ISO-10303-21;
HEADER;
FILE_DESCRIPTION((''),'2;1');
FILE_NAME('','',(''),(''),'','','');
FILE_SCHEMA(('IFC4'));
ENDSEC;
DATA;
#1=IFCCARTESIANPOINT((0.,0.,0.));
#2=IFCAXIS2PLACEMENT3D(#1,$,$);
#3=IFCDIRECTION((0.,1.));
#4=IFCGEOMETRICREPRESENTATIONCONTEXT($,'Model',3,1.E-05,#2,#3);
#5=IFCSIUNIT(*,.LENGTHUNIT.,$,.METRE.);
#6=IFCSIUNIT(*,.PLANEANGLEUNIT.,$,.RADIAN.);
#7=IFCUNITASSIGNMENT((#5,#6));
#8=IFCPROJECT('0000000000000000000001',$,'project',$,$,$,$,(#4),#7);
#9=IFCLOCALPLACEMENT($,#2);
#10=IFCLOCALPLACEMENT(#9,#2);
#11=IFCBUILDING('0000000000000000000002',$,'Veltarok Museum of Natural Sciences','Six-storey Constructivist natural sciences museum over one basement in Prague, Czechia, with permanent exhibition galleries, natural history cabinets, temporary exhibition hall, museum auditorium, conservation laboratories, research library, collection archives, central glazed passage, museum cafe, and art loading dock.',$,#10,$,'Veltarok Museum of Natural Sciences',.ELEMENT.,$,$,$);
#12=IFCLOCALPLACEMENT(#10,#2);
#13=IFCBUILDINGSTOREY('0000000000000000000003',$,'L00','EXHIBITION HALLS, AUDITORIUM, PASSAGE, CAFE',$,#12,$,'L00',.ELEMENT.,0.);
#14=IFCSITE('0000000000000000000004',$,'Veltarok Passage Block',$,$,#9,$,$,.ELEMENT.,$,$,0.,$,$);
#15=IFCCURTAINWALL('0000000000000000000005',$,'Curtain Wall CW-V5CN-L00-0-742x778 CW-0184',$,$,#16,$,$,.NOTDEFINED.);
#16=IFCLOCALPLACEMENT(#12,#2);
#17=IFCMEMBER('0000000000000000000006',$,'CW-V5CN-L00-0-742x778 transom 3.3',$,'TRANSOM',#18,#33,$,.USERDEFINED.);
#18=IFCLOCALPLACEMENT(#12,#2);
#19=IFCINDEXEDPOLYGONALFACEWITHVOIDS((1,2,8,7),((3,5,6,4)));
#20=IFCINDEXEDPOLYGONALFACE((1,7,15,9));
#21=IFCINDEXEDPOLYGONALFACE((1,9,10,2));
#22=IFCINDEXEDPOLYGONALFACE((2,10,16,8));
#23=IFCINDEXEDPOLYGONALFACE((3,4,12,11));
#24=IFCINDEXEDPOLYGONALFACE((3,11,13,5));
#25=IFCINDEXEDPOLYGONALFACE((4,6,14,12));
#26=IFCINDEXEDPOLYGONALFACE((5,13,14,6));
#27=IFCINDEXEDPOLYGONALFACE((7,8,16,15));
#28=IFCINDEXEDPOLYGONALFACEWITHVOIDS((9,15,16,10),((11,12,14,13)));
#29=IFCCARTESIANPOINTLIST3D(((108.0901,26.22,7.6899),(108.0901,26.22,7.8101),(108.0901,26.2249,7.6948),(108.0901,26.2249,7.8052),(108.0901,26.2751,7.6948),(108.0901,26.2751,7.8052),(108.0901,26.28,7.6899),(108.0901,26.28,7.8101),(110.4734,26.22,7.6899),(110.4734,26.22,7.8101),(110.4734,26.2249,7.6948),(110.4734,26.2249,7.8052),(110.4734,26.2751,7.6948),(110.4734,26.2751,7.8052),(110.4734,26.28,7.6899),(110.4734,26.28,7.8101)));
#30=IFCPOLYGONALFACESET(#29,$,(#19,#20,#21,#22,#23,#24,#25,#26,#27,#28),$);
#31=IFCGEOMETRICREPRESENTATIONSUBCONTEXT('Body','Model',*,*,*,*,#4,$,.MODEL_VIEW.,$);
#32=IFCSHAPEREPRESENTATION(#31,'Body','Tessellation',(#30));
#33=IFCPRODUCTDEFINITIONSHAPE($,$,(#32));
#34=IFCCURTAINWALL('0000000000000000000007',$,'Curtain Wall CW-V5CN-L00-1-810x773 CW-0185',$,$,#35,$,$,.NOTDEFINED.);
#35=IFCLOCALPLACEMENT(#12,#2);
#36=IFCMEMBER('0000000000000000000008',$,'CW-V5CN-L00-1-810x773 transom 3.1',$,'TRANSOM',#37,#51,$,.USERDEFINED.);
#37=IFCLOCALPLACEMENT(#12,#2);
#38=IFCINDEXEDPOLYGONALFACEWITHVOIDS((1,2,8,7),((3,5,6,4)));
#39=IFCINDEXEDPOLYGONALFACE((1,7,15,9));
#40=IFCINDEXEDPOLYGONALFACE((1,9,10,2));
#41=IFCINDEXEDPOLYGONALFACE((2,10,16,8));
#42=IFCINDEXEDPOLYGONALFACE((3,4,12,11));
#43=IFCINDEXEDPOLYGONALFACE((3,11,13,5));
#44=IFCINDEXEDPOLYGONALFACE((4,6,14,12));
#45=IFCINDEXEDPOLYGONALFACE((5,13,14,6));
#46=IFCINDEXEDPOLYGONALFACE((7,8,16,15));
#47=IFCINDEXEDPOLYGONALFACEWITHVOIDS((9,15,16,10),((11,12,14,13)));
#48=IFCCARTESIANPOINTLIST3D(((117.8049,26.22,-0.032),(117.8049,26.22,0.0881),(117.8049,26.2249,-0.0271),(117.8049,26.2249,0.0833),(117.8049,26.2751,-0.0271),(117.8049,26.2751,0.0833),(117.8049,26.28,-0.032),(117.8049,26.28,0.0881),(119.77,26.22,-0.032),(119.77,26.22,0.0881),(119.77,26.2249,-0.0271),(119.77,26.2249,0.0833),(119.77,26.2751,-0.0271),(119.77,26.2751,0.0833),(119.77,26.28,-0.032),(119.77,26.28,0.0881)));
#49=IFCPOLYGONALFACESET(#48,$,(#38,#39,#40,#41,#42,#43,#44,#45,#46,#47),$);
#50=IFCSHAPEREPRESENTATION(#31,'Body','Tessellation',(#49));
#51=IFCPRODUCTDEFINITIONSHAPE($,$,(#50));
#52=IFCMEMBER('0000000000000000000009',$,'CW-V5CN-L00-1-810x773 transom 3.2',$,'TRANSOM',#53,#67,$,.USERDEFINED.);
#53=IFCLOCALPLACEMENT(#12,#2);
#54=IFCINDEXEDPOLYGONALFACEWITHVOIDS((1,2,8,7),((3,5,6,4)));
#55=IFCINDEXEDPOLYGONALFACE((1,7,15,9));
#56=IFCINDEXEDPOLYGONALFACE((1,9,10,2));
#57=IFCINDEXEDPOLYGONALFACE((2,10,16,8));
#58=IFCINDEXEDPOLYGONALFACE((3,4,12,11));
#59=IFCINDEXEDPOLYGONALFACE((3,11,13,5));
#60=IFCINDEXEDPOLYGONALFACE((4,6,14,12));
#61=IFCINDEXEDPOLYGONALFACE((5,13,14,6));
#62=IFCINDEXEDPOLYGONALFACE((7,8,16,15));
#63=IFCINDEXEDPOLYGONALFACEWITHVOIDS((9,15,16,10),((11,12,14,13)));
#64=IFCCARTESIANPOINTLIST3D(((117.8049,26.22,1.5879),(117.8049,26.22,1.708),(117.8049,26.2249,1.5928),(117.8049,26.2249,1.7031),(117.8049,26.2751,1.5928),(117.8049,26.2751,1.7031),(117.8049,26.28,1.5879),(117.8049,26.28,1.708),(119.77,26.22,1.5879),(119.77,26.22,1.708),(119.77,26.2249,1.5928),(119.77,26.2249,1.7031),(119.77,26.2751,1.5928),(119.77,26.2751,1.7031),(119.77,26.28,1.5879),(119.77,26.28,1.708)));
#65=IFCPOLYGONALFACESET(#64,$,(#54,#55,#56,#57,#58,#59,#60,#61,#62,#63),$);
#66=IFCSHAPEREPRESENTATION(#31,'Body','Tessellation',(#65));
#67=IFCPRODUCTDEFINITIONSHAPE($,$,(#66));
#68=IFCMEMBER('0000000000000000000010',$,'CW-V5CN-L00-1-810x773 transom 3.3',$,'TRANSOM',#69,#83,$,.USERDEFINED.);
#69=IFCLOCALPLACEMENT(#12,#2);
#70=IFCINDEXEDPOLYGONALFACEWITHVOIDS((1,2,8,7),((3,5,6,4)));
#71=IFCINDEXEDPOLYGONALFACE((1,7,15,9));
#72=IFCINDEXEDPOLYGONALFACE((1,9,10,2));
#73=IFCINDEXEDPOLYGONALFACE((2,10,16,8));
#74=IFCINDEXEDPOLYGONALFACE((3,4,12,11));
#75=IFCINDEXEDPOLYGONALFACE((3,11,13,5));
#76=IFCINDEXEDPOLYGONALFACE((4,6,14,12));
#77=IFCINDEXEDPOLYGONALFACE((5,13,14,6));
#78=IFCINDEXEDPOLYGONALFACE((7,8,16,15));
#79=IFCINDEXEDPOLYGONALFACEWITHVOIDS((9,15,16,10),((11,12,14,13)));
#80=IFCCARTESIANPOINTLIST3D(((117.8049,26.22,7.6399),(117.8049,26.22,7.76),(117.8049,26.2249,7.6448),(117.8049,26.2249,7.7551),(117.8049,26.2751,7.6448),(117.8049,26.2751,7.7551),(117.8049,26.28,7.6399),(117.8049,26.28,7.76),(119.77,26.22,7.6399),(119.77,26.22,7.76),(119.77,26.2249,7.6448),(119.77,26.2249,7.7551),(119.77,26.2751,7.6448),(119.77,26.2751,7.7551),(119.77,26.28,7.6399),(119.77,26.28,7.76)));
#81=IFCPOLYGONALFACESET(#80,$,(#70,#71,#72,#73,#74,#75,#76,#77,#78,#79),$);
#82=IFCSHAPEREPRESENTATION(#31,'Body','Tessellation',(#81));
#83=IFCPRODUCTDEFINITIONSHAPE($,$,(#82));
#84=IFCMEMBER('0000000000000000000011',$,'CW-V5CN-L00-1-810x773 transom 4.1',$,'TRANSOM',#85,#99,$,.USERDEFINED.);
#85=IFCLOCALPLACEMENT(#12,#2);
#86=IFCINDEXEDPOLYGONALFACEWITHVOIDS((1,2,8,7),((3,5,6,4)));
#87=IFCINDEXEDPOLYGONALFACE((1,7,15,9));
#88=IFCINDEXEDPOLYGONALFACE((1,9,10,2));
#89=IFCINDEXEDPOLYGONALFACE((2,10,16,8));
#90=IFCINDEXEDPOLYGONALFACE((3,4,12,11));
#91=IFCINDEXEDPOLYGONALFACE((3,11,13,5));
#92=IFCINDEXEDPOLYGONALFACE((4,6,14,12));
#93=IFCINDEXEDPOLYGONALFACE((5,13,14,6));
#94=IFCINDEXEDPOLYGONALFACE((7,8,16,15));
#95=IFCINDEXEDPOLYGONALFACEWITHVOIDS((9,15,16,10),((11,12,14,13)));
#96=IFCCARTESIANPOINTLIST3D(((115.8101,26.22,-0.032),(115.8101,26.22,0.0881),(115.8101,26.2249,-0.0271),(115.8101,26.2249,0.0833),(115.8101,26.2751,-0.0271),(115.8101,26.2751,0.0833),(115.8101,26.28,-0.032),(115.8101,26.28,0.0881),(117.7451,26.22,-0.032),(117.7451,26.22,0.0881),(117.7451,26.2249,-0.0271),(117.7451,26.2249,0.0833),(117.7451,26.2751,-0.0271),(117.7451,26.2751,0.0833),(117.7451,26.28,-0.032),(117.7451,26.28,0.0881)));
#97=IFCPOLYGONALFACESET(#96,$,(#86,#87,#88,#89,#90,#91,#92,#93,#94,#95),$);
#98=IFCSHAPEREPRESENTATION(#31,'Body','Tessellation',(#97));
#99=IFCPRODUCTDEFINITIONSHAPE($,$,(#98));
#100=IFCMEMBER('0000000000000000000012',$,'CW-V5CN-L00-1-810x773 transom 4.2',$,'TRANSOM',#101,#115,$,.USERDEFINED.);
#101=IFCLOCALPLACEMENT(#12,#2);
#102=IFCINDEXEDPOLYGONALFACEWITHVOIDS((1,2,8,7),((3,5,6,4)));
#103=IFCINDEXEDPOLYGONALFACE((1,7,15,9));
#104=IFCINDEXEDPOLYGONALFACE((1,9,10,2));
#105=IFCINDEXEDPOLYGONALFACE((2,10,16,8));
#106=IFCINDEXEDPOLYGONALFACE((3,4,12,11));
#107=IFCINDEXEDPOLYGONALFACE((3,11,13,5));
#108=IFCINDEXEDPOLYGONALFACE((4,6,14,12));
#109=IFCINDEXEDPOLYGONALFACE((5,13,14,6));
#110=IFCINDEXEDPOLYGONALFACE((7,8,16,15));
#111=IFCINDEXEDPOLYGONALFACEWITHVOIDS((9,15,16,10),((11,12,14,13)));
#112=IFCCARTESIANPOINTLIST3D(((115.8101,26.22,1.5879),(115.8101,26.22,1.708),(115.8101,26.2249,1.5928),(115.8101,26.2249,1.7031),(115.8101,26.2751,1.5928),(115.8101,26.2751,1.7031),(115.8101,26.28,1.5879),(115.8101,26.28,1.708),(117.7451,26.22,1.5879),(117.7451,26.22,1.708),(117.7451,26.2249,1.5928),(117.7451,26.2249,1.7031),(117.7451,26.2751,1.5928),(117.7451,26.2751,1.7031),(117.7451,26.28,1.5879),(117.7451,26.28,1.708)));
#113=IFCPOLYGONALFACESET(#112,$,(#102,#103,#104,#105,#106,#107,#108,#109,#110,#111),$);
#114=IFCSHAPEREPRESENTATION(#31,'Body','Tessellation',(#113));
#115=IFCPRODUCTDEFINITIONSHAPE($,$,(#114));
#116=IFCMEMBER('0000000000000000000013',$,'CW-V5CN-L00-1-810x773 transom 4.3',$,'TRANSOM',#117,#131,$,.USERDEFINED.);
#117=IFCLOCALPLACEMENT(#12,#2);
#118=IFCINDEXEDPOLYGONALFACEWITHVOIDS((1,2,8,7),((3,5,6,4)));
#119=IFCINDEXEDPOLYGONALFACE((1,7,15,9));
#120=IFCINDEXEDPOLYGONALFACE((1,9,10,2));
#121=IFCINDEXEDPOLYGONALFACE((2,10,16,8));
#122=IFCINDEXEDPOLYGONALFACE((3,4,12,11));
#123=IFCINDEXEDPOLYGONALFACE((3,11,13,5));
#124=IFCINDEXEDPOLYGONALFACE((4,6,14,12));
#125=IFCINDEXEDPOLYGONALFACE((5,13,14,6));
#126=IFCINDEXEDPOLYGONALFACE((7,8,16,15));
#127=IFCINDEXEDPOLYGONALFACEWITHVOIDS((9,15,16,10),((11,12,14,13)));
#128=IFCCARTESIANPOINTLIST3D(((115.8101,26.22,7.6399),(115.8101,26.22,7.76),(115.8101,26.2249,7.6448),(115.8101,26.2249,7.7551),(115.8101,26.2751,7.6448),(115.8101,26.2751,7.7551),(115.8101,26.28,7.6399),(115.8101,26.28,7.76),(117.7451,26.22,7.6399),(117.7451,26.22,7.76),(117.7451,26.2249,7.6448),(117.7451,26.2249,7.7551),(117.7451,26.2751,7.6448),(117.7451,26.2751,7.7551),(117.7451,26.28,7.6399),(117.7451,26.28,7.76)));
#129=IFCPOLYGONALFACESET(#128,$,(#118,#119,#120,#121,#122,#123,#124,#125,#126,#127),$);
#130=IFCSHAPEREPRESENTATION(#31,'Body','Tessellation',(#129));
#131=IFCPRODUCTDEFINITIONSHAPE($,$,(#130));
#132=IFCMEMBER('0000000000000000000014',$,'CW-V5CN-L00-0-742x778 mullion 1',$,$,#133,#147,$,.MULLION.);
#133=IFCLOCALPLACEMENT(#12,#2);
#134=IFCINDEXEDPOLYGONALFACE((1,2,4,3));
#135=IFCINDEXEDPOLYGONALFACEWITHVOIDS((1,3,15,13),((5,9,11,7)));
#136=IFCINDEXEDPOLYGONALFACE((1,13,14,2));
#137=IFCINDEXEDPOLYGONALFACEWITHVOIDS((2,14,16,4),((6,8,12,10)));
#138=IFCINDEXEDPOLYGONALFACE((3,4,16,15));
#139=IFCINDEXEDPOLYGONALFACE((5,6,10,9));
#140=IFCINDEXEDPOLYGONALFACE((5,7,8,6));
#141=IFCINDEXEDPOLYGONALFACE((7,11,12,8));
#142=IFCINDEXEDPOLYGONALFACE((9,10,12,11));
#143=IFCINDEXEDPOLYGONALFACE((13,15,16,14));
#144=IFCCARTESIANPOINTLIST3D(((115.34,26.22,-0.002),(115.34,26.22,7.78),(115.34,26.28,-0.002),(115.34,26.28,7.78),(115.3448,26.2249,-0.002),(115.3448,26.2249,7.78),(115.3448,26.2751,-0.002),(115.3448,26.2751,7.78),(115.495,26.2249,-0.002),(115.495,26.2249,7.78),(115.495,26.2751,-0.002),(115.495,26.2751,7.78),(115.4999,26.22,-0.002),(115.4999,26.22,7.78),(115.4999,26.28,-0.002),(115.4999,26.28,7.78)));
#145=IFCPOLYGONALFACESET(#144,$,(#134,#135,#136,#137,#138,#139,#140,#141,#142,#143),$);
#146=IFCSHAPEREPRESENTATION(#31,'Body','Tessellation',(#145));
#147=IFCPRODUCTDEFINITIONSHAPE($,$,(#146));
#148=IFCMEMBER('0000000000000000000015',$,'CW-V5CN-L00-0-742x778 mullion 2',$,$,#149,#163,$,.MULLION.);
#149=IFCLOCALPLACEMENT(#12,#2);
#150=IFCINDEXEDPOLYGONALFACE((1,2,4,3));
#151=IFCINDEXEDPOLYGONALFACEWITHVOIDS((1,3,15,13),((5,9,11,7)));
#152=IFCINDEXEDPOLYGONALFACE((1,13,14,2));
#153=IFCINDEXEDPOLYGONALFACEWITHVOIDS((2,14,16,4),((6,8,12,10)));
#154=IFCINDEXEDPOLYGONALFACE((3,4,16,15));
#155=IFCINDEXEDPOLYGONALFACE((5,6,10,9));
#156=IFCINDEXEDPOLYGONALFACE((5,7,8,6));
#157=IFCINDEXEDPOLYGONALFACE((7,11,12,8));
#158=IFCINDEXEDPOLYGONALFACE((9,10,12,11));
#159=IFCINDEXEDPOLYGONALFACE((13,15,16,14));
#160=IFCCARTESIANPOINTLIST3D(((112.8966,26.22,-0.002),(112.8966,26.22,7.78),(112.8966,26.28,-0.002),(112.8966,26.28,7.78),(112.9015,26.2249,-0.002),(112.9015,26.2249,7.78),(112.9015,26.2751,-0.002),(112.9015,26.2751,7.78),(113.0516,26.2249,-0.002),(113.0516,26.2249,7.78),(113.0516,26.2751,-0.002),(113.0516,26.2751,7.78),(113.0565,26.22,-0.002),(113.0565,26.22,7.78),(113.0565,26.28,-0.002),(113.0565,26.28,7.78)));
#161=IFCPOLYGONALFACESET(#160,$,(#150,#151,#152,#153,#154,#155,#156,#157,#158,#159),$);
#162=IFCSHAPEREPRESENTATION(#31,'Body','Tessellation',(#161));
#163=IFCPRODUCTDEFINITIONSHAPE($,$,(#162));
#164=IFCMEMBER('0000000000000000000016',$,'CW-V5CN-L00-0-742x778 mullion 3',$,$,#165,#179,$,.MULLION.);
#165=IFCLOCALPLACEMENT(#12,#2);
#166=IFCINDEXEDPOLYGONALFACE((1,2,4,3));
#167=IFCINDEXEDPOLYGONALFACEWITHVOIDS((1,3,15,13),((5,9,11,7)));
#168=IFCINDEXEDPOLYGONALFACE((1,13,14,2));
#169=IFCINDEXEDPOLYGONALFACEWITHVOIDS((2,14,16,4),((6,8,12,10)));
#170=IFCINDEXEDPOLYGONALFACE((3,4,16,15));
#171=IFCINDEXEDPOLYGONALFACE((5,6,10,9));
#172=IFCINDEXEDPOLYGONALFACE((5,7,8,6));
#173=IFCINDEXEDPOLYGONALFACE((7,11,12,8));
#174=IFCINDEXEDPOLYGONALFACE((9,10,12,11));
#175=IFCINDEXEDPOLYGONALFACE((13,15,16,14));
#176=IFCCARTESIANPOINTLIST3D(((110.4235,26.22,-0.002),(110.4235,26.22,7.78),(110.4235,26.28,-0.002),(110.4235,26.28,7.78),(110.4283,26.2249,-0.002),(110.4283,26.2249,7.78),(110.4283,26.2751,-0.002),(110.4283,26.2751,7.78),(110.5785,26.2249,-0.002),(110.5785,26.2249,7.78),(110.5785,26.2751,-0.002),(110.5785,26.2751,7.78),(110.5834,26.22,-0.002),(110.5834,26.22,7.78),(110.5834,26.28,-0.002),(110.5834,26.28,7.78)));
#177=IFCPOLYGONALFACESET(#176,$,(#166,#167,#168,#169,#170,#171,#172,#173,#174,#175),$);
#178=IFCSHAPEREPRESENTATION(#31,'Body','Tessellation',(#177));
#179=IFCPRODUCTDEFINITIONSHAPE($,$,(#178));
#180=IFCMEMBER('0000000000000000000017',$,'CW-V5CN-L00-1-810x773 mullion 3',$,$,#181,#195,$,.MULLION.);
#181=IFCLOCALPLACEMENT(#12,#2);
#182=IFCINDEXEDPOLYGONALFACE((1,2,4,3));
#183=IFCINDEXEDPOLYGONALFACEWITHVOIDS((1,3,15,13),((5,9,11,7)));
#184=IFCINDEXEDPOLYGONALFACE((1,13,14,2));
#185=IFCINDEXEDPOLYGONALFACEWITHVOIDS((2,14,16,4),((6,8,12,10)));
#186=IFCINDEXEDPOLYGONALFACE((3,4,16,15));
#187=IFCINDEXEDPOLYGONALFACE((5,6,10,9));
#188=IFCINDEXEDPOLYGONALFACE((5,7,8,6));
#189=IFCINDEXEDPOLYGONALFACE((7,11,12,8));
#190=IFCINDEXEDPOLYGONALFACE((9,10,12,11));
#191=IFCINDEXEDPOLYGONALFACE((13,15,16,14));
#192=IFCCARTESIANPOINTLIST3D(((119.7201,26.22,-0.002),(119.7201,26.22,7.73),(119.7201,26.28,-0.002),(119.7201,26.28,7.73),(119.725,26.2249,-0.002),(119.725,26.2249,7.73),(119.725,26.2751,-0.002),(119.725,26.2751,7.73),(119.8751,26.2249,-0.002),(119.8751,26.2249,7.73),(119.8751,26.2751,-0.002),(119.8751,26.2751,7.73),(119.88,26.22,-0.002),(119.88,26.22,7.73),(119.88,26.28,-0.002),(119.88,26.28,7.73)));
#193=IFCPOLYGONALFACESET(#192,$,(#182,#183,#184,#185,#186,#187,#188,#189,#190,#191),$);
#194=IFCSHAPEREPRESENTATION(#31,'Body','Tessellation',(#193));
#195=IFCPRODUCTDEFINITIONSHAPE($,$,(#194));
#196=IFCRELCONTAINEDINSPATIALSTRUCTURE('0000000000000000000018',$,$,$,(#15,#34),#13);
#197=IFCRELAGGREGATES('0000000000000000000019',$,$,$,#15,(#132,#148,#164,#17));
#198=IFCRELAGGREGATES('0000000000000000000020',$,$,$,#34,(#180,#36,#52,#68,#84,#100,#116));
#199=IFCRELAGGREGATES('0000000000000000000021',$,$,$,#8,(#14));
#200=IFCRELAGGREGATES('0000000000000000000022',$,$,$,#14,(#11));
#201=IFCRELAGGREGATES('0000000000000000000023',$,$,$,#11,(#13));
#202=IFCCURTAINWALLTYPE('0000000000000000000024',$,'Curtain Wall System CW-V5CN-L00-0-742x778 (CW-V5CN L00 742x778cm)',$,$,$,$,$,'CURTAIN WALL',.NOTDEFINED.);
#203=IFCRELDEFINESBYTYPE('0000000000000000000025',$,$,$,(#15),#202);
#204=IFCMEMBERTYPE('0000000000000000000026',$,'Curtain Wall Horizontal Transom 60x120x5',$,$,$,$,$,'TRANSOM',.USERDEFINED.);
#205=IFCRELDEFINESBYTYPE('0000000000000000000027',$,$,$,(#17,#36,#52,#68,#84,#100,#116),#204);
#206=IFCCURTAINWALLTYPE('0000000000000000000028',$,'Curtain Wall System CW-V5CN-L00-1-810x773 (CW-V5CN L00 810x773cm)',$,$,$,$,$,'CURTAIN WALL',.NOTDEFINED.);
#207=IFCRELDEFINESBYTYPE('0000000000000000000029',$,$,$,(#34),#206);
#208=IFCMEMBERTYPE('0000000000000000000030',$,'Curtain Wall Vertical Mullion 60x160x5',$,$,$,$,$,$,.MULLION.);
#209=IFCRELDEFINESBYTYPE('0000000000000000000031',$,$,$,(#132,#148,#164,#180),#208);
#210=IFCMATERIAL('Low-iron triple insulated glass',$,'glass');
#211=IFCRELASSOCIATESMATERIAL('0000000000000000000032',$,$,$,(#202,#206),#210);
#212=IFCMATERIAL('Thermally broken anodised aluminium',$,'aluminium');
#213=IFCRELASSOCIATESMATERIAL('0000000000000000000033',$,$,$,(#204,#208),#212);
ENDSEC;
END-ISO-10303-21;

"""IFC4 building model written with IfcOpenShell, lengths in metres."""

from ifc_helpers import new_model, si_unit, direction, frame, origin, origin_2d, place, context, subcontext, project, spatial, hollow_rectangle, extrude, material, material_profile, profile_set, type_object, element, aggregate, save


model = new_model("IFC4")

# Units and contexts
model_context = context("Model", 3, precision=1e-05, world=origin(), true_north=direction((0.0, 1.0)))
body_context = subcontext(model_context, "Body", "Model", "MODEL_VIEW")
ifc_project = project(units=[si_unit("LENGTHUNIT", "METRE"), si_unit("PLANEANGLEUNIT", "RADIAN")], contexts=[model_context])

# Site, building, storey
site_placement = place(None, origin())
site = spatial("IfcSite", under=ifc_project, at=site_placement, Name="Veltarok Passage Block", CompositionType="ELEMENT", RefElevation=0.0)
building_placement = place(site_placement, origin())
building = spatial("IfcBuilding", under=site, at=building_placement, Name="Veltarok Museum of Natural Sciences", Description="Six-storey Constructivist natural sciences museum over one basement in Prague, Czechia, with permanent exhibition galleries, natural history cabinets, temporary exhibition hall, museum auditorium, conservation laboratories, research library, collection archives, central glazed passage, museum cafe, and art loading dock.", LongName="Veltarok Museum of Natural Sciences", CompositionType="ELEMENT")
storey_placement = place(building_placement, origin())
storey = spatial("IfcBuildingStorey", under=building, at=storey_placement, Name="L00", Description="EXHIBITION HALLS, AUDITORIUM, PASSAGE, CAFE", LongName="L00", CompositionType="ELEMENT", Elevation=0.0)

# Curtain walls, members
ifc_material_1 = material(Name="Low-iron triple insulated glass", Category="glass")
curtain_wall_type_1 = type_object("IfcCurtainWallType", Name="Curtain Wall System CW-V5CN-L00-0-742x778 (CW-V5CN L00 742x778cm)", ElementType="CURTAIN WALL", PredefinedType="NOTDEFINED", material=ifc_material_1)
curtain_wall_1_placement = place(storey_placement, origin())
curtain_wall_1 = element("IfcCurtainWall", 1, at=curtain_wall_1_placement, inside=storey, type_object=curtain_wall_type_1, Name="Curtain Wall CW-V5CN-L00-0-742x778 CW-0184", PredefinedType="NOTDEFINED")
ifc_material_2 = material(Name="Thermally broken anodised aluminium", Category="aluminium")
ifc_material_profile_1 = material_profile(ifc_material_2, hollow_rectangle(XDim=0.0601, YDim=0.1201, WallThickness=0.0049, at=origin_2d()), Name="CW TRANSOM 60x120x5")
ifc_profile_set_1 = profile_set([ifc_material_profile_1], Name="Thermally broken anodised aluminium")
member_type_1 = type_object("IfcMemberType", Name="Curtain Wall Horizontal Transom 60x120x5", ElementType="TRANSOM", PredefinedType="USERDEFINED", material=ifc_profile_set_1)
member_1_placement = place(storey_placement, frame((110.4734, 26.25, 7.75), z_axis=(-1.0, 0.0, 0.0), x_axis=(0.0, -1.0, 0.0)))
member_1 = element("IfcMember", 2, at=member_1_placement, type_object=member_type_1, Name="CW-V5CN-L00-0-742x778 transom 3.3", ObjectType="TRANSOM", PredefinedType="USERDEFINED", context=body_context, shape_type="SweptSolid", body=[
    extrude(hollow_rectangle(XDim=0.0601, YDim=0.1201, WallThickness=0.0049, at=origin_2d()), origin(), (0.0, 0.0, 1.0), 2.3833),
])
curtain_wall_type_2 = type_object("IfcCurtainWallType", Name="Curtain Wall System CW-V5CN-L00-1-810x773 (CW-V5CN L00 810x773cm)", ElementType="CURTAIN WALL", PredefinedType="NOTDEFINED", material=ifc_material_1)
curtain_wall_2_placement = place(storey_placement, origin())
curtain_wall_2 = element("IfcCurtainWall", 3, at=curtain_wall_2_placement, inside=storey, type_object=curtain_wall_type_2, Name="Curtain Wall CW-V5CN-L00-1-810x773 CW-0185", PredefinedType="NOTDEFINED")
member_2_placement = place(storey_placement, frame((119.77, 26.25, 0.0281), z_axis=(-1.0, 0.0, 0.0), x_axis=(0.0, -1.0, 0.0)))
member_2 = element("IfcMember", 4, at=member_2_placement, type_object=member_type_1, Name="CW-V5CN-L00-1-810x773 transom 3.1", ObjectType="TRANSOM", PredefinedType="USERDEFINED", context=body_context, shape_type="SweptSolid", body=[
    extrude(hollow_rectangle(XDim=0.0601, YDim=0.1201, WallThickness=0.0049, at=origin_2d()), origin(), (0.0, 0.0, 1.0), 1.9651),
])
member_3_placement = place(storey_placement, frame((119.77, 26.25, 1.6479), z_axis=(-1.0, 0.0, 0.0), x_axis=(0.0, -1.0, 0.0)))
member_3 = element("IfcMember", 5, at=member_3_placement, type_object=member_type_1, Name="CW-V5CN-L00-1-810x773 transom 3.2", ObjectType="TRANSOM", PredefinedType="USERDEFINED", context=body_context, shape_type="SweptSolid", body=[
    extrude(hollow_rectangle(XDim=0.0601, YDim=0.1201, WallThickness=0.0049, at=origin_2d()), origin(), (0.0, 0.0, 1.0), 1.9651),
])
member_4_placement = place(storey_placement, frame((119.77, 26.25, 7.7), z_axis=(-1.0, 0.0, 0.0), x_axis=(0.0, -1.0, 0.0)))
member_4 = element("IfcMember", 6, at=member_4_placement, type_object=member_type_1, Name="CW-V5CN-L00-1-810x773 transom 3.3", ObjectType="TRANSOM", PredefinedType="USERDEFINED", context=body_context, shape_type="SweptSolid", body=[
    extrude(hollow_rectangle(XDim=0.0601, YDim=0.1201, WallThickness=0.0049, at=origin_2d()), origin(), (0.0, 0.0, 1.0), 1.9651),
])
member_5_placement = place(storey_placement, frame((117.7451, 26.25, 0.0281), z_axis=(-1.0, 0.0, 0.0), x_axis=(0.0, -1.0, 0.0)))
member_5 = element("IfcMember", 7, at=member_5_placement, type_object=member_type_1, Name="CW-V5CN-L00-1-810x773 transom 4.1", ObjectType="TRANSOM", PredefinedType="USERDEFINED", context=body_context, shape_type="SweptSolid", body=[
    extrude(hollow_rectangle(XDim=0.0601, YDim=0.1201, WallThickness=0.0049, at=origin_2d()), origin(), (0.0, 0.0, 1.0), 1.9351),
])
member_6_placement = place(storey_placement, frame((117.7451, 26.25, 1.6479), z_axis=(-1.0, 0.0, 0.0), x_axis=(0.0, -1.0, 0.0)))
member_6 = element("IfcMember", 8, at=member_6_placement, type_object=member_type_1, Name="CW-V5CN-L00-1-810x773 transom 4.2", ObjectType="TRANSOM", PredefinedType="USERDEFINED", context=body_context, shape_type="SweptSolid", body=[
    extrude(hollow_rectangle(XDim=0.0601, YDim=0.1201, WallThickness=0.0049, at=origin_2d()), origin(), (0.0, 0.0, 1.0), 1.9351),
])
member_7_placement = place(storey_placement, frame((117.7451, 26.25, 7.7), z_axis=(-1.0, 0.0, 0.0), x_axis=(0.0, -1.0, 0.0)))
member_7 = element("IfcMember", 9, at=member_7_placement, type_object=member_type_1, Name="CW-V5CN-L00-1-810x773 transom 4.3", ObjectType="TRANSOM", PredefinedType="USERDEFINED", context=body_context, shape_type="SweptSolid", body=[
    extrude(hollow_rectangle(XDim=0.0601, YDim=0.1201, WallThickness=0.0049, at=origin_2d()), origin(), (0.0, 0.0, 1.0), 1.9351),
])

# Members
ifc_material_profile_2 = material_profile(ifc_material_2, hollow_rectangle(XDim=0.0601, YDim=0.1599, WallThickness=0.0049, at=origin_2d()), Name="CW MULLION 60x160x5")
ifc_profile_set_2 = profile_set([ifc_material_profile_2], Name="Thermally broken anodised aluminium")
member_type_2 = type_object("IfcMemberType", Name="Curtain Wall Vertical Mullion 60x160x5", PredefinedType="MULLION", material=ifc_profile_set_2)
member_8_placement = place(storey_placement, frame((115.4199, 26.25, -0.002), z_axis=(0.0, 0.0, 1.0), x_axis=(0.0, -1.0, 0.0)))
member_8 = element("IfcMember", 10, at=member_8_placement, type_object=member_type_2, Name="CW-V5CN-L00-0-742x778 mullion 1", PredefinedType="MULLION", context=body_context, shape_type="SweptSolid", body=[
    extrude(hollow_rectangle(XDim=0.0601, YDim=0.1599, WallThickness=0.0049, at=origin_2d()), origin(), (0.0, 0.0, 1.0), 7.782),
])
member_9_placement = place(storey_placement, frame((112.9766, 26.25, -0.002), z_axis=(0.0, 0.0, 1.0), x_axis=(0.0, -1.0, 0.0)))
member_9 = element("IfcMember", 11, at=member_9_placement, type_object=member_type_2, Name="CW-V5CN-L00-0-742x778 mullion 2", PredefinedType="MULLION", context=body_context, shape_type="SweptSolid", body=[
    extrude(hollow_rectangle(XDim=0.0601, YDim=0.1599, WallThickness=0.0049, at=origin_2d()), origin(), (0.0, 0.0, 1.0), 7.782),
])
member_10_placement = place(storey_placement, frame((110.5034, 26.25, -0.002), z_axis=(0.0, 0.0, 1.0), x_axis=(0.0, -1.0, 0.0)))
member_10 = element("IfcMember", 12, at=member_10_placement, type_object=member_type_2, Name="CW-V5CN-L00-0-742x778 mullion 3", PredefinedType="MULLION", context=body_context, shape_type="SweptSolid", body=[
    extrude(hollow_rectangle(XDim=0.0601, YDim=0.1599, WallThickness=0.0049, at=origin_2d()), origin(), (0.0, 0.0, 1.0), 7.782),
])
member_11_placement = place(storey_placement, frame((119.8, 26.25, -0.002), z_axis=(0.0, 0.0, 1.0), x_axis=(0.0, -1.0, 0.0)))
member_11 = element("IfcMember", 13, at=member_11_placement, type_object=member_type_2, Name="CW-V5CN-L00-1-810x773 mullion 3", PredefinedType="MULLION", context=body_context, shape_type="SweptSolid", body=[
    extrude(hollow_rectangle(XDim=0.0601, YDim=0.1599, WallThickness=0.0049, at=origin_2d()), origin(), (0.0, 0.0, 1.0), 7.7319),
])

aggregate(curtain_wall_1, [member_8, member_9, member_10, member_1])
aggregate(curtain_wall_2, [member_11, member_2, member_3, member_4, member_5, member_6, member_7])

save(model, "model.ifc")
